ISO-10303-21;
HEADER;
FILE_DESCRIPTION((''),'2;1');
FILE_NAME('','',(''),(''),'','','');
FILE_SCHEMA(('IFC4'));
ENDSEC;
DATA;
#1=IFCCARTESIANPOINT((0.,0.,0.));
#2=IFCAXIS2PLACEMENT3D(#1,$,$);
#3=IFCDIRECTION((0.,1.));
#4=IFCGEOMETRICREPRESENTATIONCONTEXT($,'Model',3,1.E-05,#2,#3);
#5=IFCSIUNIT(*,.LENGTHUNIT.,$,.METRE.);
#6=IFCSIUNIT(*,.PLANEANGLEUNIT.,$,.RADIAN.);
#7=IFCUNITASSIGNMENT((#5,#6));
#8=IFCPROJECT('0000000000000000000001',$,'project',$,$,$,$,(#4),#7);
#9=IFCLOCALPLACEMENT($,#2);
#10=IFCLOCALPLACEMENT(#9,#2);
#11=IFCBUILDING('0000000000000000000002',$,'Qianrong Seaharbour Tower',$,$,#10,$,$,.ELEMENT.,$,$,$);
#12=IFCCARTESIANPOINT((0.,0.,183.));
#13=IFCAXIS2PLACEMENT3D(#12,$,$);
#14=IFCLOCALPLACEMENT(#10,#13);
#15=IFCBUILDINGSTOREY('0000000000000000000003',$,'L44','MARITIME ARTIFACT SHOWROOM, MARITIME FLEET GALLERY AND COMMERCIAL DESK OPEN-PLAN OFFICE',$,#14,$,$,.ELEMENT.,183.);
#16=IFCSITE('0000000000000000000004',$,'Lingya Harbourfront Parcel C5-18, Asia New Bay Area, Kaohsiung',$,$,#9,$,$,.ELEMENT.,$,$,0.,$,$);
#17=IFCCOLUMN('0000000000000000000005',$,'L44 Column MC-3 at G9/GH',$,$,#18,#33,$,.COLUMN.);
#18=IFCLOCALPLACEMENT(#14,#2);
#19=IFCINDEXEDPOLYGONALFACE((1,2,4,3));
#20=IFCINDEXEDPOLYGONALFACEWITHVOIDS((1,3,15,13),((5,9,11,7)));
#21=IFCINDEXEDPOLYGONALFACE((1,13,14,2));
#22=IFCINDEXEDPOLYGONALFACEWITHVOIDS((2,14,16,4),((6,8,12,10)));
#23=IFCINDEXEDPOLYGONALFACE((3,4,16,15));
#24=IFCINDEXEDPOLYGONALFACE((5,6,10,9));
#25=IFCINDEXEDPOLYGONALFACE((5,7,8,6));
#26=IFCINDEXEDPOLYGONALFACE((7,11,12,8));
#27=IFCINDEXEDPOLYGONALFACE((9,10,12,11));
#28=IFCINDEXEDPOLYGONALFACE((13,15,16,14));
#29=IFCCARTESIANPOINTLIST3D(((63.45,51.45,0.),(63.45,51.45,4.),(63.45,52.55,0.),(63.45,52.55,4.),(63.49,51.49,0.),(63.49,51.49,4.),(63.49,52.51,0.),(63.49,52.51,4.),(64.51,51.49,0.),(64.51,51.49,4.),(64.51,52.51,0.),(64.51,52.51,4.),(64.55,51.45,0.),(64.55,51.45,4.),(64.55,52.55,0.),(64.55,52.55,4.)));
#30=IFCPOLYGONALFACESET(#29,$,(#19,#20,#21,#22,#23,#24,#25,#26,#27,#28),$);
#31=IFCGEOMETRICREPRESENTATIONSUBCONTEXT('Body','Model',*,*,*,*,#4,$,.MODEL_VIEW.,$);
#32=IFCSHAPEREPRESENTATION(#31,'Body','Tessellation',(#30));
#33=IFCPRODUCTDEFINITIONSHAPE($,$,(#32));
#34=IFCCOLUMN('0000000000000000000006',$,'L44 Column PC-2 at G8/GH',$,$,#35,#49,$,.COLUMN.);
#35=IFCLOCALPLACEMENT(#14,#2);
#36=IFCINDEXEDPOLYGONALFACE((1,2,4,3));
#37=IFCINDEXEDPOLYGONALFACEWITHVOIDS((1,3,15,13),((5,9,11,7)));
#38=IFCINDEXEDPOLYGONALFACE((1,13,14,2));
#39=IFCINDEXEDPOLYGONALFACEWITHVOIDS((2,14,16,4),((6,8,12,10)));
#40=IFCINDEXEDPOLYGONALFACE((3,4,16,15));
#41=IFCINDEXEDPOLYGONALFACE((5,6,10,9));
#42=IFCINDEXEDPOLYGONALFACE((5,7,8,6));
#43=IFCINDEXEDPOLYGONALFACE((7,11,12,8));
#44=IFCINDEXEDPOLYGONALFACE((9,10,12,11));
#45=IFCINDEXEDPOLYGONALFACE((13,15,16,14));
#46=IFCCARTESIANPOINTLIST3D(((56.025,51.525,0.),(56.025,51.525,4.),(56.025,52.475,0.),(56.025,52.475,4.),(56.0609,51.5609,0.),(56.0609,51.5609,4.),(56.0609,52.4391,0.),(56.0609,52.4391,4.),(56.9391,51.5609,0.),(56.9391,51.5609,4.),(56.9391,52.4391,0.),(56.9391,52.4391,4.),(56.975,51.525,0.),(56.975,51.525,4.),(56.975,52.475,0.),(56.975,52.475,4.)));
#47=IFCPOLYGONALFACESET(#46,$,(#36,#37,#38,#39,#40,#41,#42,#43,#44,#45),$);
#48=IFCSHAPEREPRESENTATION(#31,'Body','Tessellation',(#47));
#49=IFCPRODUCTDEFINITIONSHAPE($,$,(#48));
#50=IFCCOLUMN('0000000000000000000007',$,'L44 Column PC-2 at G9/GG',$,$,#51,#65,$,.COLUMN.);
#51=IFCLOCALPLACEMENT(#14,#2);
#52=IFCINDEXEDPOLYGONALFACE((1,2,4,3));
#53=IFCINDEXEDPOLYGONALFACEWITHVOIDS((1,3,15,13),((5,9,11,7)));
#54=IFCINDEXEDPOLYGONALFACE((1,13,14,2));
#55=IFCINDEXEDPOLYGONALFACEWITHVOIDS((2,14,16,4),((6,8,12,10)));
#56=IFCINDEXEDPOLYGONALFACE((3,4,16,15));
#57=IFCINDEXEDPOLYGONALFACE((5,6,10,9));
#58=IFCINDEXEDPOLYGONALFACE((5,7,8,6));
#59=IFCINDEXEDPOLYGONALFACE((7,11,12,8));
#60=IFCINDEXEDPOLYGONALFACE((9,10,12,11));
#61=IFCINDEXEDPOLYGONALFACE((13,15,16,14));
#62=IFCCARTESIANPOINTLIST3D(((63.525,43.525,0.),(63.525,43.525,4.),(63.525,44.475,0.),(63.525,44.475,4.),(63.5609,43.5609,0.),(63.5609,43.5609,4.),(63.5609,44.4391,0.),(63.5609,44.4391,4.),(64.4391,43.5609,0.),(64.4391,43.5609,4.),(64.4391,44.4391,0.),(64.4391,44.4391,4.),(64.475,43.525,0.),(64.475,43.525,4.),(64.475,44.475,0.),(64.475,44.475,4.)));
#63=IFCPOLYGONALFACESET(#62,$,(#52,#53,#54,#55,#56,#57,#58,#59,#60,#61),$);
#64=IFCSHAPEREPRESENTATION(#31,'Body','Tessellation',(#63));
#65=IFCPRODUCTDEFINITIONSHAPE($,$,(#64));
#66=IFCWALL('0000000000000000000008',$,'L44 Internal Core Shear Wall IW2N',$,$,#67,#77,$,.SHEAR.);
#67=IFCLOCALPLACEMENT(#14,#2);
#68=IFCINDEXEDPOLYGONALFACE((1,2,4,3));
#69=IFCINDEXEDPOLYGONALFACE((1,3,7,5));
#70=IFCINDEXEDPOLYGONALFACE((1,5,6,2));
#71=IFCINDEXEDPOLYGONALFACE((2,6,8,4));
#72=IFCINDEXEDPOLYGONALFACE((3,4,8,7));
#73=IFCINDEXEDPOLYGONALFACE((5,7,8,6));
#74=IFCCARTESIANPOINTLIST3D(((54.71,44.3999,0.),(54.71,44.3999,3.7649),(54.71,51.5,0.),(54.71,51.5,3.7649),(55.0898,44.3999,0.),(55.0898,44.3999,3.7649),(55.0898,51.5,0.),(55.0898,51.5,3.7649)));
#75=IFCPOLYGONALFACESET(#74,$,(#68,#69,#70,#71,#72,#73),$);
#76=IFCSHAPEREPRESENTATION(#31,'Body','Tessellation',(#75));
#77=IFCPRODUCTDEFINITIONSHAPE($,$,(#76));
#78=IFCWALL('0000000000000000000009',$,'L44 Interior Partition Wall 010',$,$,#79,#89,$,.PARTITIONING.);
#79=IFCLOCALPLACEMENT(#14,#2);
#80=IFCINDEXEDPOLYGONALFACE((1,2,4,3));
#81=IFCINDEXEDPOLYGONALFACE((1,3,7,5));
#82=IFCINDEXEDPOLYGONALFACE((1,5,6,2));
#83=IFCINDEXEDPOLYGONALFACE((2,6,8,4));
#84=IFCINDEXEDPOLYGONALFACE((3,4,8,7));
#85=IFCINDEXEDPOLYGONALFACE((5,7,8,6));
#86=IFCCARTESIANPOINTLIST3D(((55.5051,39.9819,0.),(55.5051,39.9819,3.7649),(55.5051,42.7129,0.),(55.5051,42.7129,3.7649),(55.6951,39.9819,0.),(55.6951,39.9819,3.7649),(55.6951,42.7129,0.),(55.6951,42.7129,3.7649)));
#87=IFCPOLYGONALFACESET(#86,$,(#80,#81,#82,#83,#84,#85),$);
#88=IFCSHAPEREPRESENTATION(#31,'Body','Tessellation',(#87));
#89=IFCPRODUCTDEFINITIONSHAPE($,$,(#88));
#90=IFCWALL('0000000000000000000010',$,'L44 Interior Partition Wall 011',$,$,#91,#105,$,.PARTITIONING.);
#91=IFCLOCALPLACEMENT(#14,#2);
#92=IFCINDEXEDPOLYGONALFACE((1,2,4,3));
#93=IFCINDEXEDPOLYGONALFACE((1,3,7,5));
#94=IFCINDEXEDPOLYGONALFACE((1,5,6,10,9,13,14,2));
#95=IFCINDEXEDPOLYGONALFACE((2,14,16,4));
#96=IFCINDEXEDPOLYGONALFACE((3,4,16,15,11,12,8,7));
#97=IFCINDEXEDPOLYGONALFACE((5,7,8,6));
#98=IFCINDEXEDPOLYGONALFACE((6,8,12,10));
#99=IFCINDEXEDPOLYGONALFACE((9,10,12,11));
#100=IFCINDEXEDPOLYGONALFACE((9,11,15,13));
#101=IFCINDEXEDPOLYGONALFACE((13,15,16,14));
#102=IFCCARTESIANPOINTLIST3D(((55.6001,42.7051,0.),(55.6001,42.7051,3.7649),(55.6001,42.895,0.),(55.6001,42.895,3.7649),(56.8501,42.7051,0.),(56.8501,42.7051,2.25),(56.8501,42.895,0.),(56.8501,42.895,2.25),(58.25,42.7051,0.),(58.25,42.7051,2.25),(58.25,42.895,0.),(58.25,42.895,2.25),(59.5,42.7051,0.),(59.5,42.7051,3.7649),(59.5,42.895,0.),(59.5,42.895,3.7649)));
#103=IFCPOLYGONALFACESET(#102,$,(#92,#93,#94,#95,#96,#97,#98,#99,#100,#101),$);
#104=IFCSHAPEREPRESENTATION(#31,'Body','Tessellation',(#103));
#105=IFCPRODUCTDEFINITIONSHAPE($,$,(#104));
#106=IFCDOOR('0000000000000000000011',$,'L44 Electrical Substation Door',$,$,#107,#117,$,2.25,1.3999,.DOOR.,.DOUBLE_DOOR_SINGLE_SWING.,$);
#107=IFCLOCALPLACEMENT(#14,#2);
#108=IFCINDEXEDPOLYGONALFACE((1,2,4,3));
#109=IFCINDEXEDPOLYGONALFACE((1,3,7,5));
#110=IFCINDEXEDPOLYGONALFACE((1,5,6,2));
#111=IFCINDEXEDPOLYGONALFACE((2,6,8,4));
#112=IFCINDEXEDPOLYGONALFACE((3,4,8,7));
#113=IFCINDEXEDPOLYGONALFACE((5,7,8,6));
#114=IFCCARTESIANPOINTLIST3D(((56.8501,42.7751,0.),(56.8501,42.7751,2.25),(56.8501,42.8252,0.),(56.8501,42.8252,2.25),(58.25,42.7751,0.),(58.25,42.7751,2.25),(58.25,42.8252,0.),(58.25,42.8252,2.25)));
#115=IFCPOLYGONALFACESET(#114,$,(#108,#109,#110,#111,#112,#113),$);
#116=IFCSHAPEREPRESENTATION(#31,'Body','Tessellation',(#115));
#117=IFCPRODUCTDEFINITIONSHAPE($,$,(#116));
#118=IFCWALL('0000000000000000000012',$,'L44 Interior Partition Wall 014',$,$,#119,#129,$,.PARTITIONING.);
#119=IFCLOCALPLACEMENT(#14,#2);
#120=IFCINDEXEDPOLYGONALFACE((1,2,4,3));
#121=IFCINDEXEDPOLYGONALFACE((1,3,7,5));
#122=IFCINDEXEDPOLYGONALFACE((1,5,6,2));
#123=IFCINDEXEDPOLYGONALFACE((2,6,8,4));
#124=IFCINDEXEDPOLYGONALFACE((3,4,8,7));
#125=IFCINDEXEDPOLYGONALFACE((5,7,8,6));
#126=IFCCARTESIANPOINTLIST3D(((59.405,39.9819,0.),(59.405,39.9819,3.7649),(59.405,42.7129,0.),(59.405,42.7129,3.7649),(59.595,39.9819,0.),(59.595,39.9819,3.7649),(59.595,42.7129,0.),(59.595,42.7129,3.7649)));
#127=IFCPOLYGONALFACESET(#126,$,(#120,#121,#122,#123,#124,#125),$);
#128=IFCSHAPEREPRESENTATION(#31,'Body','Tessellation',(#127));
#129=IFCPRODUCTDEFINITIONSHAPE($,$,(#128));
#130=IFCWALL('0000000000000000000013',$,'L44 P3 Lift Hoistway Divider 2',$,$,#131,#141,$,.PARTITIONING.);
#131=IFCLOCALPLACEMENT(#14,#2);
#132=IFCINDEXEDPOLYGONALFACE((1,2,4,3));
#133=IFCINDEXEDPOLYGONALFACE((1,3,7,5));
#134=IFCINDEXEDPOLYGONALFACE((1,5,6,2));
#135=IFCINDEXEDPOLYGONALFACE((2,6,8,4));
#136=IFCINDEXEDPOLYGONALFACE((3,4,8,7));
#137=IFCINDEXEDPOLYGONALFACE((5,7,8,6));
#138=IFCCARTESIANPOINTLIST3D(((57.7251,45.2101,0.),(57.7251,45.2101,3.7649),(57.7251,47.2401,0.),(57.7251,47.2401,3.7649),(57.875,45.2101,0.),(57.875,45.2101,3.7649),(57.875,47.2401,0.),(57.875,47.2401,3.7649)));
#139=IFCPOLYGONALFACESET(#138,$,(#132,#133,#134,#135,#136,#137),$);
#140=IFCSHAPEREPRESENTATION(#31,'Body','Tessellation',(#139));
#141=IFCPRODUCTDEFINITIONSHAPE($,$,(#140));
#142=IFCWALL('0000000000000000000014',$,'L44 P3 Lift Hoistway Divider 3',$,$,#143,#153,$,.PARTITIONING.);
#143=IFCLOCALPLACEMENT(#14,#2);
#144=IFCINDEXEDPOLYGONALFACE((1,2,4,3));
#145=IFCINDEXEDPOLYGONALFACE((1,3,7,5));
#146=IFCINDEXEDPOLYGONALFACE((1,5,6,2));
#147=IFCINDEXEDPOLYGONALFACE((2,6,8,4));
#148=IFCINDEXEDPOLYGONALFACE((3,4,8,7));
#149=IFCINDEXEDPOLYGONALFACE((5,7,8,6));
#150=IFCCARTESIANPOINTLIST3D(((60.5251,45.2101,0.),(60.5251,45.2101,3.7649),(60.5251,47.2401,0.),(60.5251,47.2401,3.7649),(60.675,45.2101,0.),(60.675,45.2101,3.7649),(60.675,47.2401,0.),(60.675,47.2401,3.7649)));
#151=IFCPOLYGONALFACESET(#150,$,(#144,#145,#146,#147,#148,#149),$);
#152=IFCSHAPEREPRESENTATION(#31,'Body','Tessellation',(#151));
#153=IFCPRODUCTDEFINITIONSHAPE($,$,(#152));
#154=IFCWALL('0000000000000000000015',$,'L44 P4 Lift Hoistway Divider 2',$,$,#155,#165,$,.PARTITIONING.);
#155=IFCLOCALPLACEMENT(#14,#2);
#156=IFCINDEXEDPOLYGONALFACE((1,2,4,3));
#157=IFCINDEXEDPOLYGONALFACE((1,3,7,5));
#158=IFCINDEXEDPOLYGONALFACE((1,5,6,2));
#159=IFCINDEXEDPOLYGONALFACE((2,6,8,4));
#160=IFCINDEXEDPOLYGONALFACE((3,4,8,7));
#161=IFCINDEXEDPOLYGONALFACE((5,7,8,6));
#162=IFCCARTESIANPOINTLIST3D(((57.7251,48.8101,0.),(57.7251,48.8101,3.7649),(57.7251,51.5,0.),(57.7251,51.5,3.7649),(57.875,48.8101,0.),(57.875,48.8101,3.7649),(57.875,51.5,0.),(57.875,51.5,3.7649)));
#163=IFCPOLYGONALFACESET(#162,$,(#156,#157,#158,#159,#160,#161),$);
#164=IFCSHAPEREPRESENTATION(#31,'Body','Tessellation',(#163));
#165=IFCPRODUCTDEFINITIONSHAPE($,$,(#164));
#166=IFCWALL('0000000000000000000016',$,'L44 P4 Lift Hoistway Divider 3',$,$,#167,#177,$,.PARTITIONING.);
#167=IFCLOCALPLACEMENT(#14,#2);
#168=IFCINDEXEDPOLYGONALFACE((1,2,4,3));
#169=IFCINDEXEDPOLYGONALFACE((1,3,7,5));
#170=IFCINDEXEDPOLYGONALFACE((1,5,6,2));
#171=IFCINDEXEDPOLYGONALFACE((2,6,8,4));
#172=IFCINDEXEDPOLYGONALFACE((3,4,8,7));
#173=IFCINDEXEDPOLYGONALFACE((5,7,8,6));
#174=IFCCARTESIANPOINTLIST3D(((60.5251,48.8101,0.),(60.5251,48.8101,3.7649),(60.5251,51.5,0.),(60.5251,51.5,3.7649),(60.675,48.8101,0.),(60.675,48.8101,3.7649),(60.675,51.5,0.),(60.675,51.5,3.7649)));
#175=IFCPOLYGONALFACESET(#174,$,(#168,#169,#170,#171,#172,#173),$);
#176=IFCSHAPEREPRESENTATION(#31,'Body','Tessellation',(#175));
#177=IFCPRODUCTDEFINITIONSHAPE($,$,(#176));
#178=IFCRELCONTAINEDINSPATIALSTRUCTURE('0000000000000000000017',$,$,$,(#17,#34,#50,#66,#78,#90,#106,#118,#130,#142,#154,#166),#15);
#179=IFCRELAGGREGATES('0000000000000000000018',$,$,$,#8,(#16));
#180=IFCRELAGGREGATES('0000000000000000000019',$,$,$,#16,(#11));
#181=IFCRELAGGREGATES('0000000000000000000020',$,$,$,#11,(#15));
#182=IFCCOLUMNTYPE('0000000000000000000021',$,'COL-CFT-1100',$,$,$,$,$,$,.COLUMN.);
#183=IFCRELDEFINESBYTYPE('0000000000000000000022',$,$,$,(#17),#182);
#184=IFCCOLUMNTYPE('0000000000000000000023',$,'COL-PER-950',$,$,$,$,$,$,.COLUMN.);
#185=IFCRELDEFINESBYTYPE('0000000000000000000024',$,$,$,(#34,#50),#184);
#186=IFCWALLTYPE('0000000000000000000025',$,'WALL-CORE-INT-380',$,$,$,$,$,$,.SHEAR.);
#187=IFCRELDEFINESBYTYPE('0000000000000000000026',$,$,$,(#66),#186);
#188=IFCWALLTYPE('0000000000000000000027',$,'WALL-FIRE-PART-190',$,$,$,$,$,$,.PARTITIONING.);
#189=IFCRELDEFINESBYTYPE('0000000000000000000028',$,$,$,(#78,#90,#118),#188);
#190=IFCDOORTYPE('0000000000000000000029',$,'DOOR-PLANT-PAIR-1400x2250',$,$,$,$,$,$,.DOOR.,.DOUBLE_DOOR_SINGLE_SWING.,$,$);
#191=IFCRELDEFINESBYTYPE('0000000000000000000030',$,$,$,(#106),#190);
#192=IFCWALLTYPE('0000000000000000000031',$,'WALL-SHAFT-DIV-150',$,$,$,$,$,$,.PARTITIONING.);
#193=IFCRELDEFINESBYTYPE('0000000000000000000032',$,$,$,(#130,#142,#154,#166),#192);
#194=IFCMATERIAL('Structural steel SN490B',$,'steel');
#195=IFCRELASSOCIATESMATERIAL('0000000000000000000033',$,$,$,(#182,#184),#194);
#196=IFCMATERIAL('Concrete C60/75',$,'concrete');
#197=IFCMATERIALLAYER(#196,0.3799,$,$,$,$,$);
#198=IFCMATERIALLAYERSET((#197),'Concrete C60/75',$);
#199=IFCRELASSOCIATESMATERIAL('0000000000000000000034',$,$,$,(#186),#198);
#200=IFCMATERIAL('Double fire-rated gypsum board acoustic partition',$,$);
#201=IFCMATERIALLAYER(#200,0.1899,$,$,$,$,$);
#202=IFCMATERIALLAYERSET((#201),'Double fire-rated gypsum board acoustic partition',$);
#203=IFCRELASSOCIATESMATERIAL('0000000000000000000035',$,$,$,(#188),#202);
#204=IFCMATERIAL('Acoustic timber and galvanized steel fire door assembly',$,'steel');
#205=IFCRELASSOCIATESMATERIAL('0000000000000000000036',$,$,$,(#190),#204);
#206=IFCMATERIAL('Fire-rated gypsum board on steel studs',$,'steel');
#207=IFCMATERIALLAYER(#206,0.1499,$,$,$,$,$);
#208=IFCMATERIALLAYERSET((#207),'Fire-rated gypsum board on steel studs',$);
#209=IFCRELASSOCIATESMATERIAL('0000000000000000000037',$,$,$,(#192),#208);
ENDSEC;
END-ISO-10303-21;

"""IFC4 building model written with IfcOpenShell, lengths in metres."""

from ifc_helpers import new_model, si_unit, direction, frame, frame_2d, origin, origin_2d, place, context, subcontext, project, spatial, rectangle, hollow_rectangle, extrude, material, layer, layer_set, material_profile, profile_set, type_object, element, fill, save


model = new_model("IFC4")

# Units and contexts
model_context = context("Model", 3, precision=1e-05, world=origin(), true_north=direction((0.0, 1.0)))
body_context = subcontext(model_context, "Body", "Model", "MODEL_VIEW")
ifc_project = project(units=[si_unit("LENGTHUNIT", "METRE"), si_unit("PLANEANGLEUNIT", "RADIAN")], contexts=[model_context])

# Site, building, storey
site_placement = place(None, origin())
site = spatial("IfcSite", under=ifc_project, at=site_placement, Name="Lingya Harbourfront Parcel C5-18, Asia New Bay Area, Kaohsiung", CompositionType="ELEMENT", RefElevation=0.0)
building_placement = place(site_placement, origin())
building = spatial("IfcBuilding", under=site, at=building_placement, Name="Qianrong Seaharbour Tower", CompositionType="ELEMENT")
storey_placement = place(building_placement, frame((0.0, 0.0, 183.0)))
storey = spatial("IfcBuildingStorey", under=building, at=storey_placement, Name="L44", Description="MARITIME ARTIFACT SHOWROOM, MARITIME FLEET GALLERY AND COMMERCIAL DESK OPEN-PLAN OFFICE", CompositionType="ELEMENT", Elevation=183.0)

# Columns
ifc_material_1 = material(Name="Structural steel SN490B", Category="steel")
ifc_material_profile_1 = material_profile(ifc_material_1, hollow_rectangle(XDim=1.1001, YDim=1.1001, WallThickness=0.04, at=origin_2d()), Name="BOX1100x1100x40")
ifc_profile_set_1 = profile_set([ifc_material_profile_1], Name="Structural steel SN490B")
column_type_1 = type_object("IfcColumnType", Name="COL-CFT-1100", PredefinedType="COLUMN", material=ifc_profile_set_1)
column_placement = place(storey_placement, frame((64.0, 52.0, 0.0), z_axis=(0.0, 0.0, 1.0), x_axis=(1.0, 0.0, 0.0)))
element("IfcColumn", 1, at=column_placement, inside=storey, type_object=column_type_1, Name="L44 Column MC-3 at G9/GH", PredefinedType="COLUMN", context=body_context, shape_type="SweptSolid", body=[
    extrude(hollow_rectangle(XDim=1.1001, YDim=1.1001, WallThickness=0.04, at=origin_2d()), origin(), (0.0, 0.0, 1.0), 4.0),
])
ifc_material_profile_2 = material_profile(ifc_material_1, hollow_rectangle(XDim=0.95, YDim=0.95, WallThickness=0.0359, at=origin_2d()), Name="BOX950x950x36")
ifc_profile_set_2 = profile_set([ifc_material_profile_2], Name="Structural steel SN490B")
column_type_2 = type_object("IfcColumnType", Name="COL-PER-950", PredefinedType="COLUMN", material=ifc_profile_set_2)
for number, where, z_axis, x_axis, name in (
    (2, (56.5, 52.0, 0.0), (0.0, 0.0, 1.0), (1.0, 0.0, 0.0), "L44 Column PC-2 at G8/GH"),
    (3, (64.0, 44.0, 0.0), (0.0, 0.0, 1.0), (1.0, 0.0, 0.0), "L44 Column PC-2 at G9/GG"),
):
    element("IfcColumn", number, at=place(storey_placement, frame(where, z_axis=z_axis, x_axis=x_axis)), inside=storey, type_object=column_type_2, Name=name, PredefinedType="COLUMN", context=body_context, shape_type="SweptSolid", body=[
        extrude(hollow_rectangle(XDim=0.95, YDim=0.95, WallThickness=0.0359, at=origin_2d()), origin(), (0.0, 0.0, 1.0), 4.0),
    ])

# Wall
ifc_material_2 = material(Name="Concrete C60/75", Category="concrete")
ifc_layer_1 = layer(ifc_material_2, 0.3799)
ifc_layer_set_1 = layer_set([ifc_layer_1], Name="Concrete C60/75")
wall_type_1 = type_object("IfcWallType", Name="WALL-CORE-INT-380", PredefinedType="SHEAR", material=ifc_layer_set_1)
wall_1_placement = place(storey_placement, frame((54.8999, 44.3999, 0.0), z_axis=(0.0, 0.0, 1.0), x_axis=(0.0, 1.0, 0.0)))
element("IfcWall", 4, at=wall_1_placement, inside=storey, type_object=wall_type_1, Name="L44 Internal Core Shear Wall IW2N", PredefinedType="SHEAR", context=body_context, shape_type="SweptSolid", body=[
    extrude(rectangle(XDim=7.1001, YDim=0.3799, at=frame_2d((3.55, 0.0))), origin(), (0.0, 0.0, 1.0), 3.7649),
])

# Shared definitions
ifc_material_3 = material(Name="Acoustic timber and galvanized steel fire door assembly", Category="steel")

# Wall
ifc_material_4 = material(Name="Double fire-rated gypsum board acoustic partition")
ifc_layer_2 = layer(ifc_material_4, 0.1899)
ifc_layer_set_2 = layer_set([ifc_layer_2], Name="Double fire-rated gypsum board acoustic partition")
wall_type_2 = type_object("IfcWallType", Name="WALL-FIRE-PART-190", PredefinedType="PARTITIONING", material=ifc_layer_set_2)
wall_2_placement = place(storey_placement, frame((55.6001, 42.7129, 0.0), z_axis=(0.0, 0.0, 1.0), x_axis=(0.0, -1.0, 0.0)))
element("IfcWall", 5, at=wall_2_placement, inside=storey, type_object=wall_type_2, Name="L44 Interior Partition Wall 010", PredefinedType="PARTITIONING", context=body_context, shape_type="SweptSolid", body=[
    extrude(rectangle(XDim=2.731, YDim=0.1899, at=frame_2d((1.3655, 0.0))), origin(), (0.0, 0.0, 1.0), 3.7649),
])

# Wall, opening, door
wall_3_placement = place(storey_placement, frame((59.5, 42.8, 0.0), z_axis=(0.0, 0.0, 1.0), x_axis=(-1.0, 0.0, 0.0)))
wall_3 = element("IfcWall", 6, at=wall_3_placement, inside=storey, type_object=wall_type_2, Name="L44 Interior Partition Wall 011", PredefinedType="PARTITIONING", context=body_context, shape_type="SweptSolid", body=[
    extrude(rectangle(XDim=3.8999, YDim=0.1899, at=frame_2d((1.95, 0.0))), origin(), (0.0, 0.0, 1.0), 3.7649),
])
opening_1_placement = place(wall_3_placement, frame((1.25, 0.0, 0.0)))
opening_1 = element("IfcOpeningElement", 7, at=opening_1_placement, cuts=wall_3, PredefinedType="OPENING", context=body_context, shape_type="SweptSolid", body=[
    extrude(rectangle(XDim=1.3999, YDim=2.25, at=frame_2d((0.7, 1.125))), frame((0.0, 0.105, 0.0), z_axis=(0.0, -1.0, 0.0), x_axis=(1.0, 0.0, 0.0)), (0.0, 0.0, 1.0), 0.21),
])
door_type_1 = type_object("IfcDoorType", Name="DOOR-PLANT-PAIR-1400x2250", OperationType="DOUBLE_DOOR_SINGLE_SWING", PredefinedType="DOOR", material=ifc_material_3)
door_1_placement = place(opening_1_placement, origin())
door_1 = element("IfcDoor", 8, at=door_1_placement, inside=storey, type_object=door_type_1, Name="L44 Electrical Substation Door", OperationType="DOUBLE_DOOR_SINGLE_SWING", OverallHeight=2.25, OverallWidth=1.3999, PredefinedType="DOOR", context=body_context, shape_type="SweptSolid", body=[
    extrude(rectangle(XDim=1.3999, YDim=2.25, at=frame_2d((0.7, 1.125))), frame((0.0, 0.0249, 0.0), z_axis=(0.0, -1.0, 0.0), x_axis=(1.0, 0.0, 0.0)), (0.0, 0.0, 1.0), 0.05),
])
fill(opening_1, door_1)

# Walls
wall_4_placement = place(storey_placement, frame((59.5, 42.7129, 0.0), z_axis=(0.0, 0.0, 1.0), x_axis=(0.0, -1.0, 0.0)))
element("IfcWall", 9, at=wall_4_placement, inside=storey, type_object=wall_type_2, Name="L44 Interior Partition Wall 014", PredefinedType="PARTITIONING", context=body_context, shape_type="SweptSolid", body=[
    extrude(rectangle(XDim=2.731, YDim=0.1899, at=frame_2d((1.3655, 0.0))), origin(), (0.0, 0.0, 1.0), 3.7649),
])
ifc_material_5 = material(Name="Fire-rated gypsum board on steel studs", Category="steel")
ifc_layer_3 = layer(ifc_material_5, 0.1499)
ifc_layer_set_3 = layer_set([ifc_layer_3], Name="Fire-rated gypsum board on steel studs")
wall_type_3 = type_object("IfcWallType", Name="WALL-SHAFT-DIV-150", PredefinedType="PARTITIONING", material=ifc_layer_set_3)
for number, where, z_axis, x_axis, name in (
    (10, (57.8, 45.21, 0.0), (0.0, 0.0, 1.0), (0.0, 1.0, 0.0), "L44 P3 Lift Hoistway Divider 2"),
    (11, (60.6001, 45.21, 0.0), (0.0, 0.0, 1.0), (0.0, 1.0, 0.0), "L44 P3 Lift Hoistway Divider 3"),
):
    element("IfcWall", number, at=place(storey_placement, frame(where, z_axis=z_axis, x_axis=x_axis)), inside=storey, type_object=wall_type_3, Name=name, PredefinedType="PARTITIONING", context=body_context, shape_type="SweptSolid", body=[
        extrude(rectangle(XDim=2.03, YDim=0.1499, at=frame_2d((1.0151, 0.0))), origin(), (0.0, 0.0, 1.0), 3.7649),
    ])
for number, where, z_axis, x_axis, name in (
    (12, (57.8, 48.8101, 0.0), (0.0, 0.0, 1.0), (0.0, 1.0, 0.0), "L44 P4 Lift Hoistway Divider 2"),
    (13, (60.6001, 48.8101, 0.0), (0.0, 0.0, 1.0), (0.0, 1.0, 0.0), "L44 P4 Lift Hoistway Divider 3"),
):
    element("IfcWall", number, at=place(storey_placement, frame(where, z_axis=z_axis, x_axis=x_axis)), inside=storey, type_object=wall_type_3, Name=name, PredefinedType="PARTITIONING", context=body_context, shape_type="SweptSolid", body=[
        extrude(rectangle(XDim=2.6899, YDim=0.1499, at=frame_2d((1.345, 0.0))), origin(), (0.0, 0.0, 1.0), 3.7649),
    ])

save(model, "model.ifc")
